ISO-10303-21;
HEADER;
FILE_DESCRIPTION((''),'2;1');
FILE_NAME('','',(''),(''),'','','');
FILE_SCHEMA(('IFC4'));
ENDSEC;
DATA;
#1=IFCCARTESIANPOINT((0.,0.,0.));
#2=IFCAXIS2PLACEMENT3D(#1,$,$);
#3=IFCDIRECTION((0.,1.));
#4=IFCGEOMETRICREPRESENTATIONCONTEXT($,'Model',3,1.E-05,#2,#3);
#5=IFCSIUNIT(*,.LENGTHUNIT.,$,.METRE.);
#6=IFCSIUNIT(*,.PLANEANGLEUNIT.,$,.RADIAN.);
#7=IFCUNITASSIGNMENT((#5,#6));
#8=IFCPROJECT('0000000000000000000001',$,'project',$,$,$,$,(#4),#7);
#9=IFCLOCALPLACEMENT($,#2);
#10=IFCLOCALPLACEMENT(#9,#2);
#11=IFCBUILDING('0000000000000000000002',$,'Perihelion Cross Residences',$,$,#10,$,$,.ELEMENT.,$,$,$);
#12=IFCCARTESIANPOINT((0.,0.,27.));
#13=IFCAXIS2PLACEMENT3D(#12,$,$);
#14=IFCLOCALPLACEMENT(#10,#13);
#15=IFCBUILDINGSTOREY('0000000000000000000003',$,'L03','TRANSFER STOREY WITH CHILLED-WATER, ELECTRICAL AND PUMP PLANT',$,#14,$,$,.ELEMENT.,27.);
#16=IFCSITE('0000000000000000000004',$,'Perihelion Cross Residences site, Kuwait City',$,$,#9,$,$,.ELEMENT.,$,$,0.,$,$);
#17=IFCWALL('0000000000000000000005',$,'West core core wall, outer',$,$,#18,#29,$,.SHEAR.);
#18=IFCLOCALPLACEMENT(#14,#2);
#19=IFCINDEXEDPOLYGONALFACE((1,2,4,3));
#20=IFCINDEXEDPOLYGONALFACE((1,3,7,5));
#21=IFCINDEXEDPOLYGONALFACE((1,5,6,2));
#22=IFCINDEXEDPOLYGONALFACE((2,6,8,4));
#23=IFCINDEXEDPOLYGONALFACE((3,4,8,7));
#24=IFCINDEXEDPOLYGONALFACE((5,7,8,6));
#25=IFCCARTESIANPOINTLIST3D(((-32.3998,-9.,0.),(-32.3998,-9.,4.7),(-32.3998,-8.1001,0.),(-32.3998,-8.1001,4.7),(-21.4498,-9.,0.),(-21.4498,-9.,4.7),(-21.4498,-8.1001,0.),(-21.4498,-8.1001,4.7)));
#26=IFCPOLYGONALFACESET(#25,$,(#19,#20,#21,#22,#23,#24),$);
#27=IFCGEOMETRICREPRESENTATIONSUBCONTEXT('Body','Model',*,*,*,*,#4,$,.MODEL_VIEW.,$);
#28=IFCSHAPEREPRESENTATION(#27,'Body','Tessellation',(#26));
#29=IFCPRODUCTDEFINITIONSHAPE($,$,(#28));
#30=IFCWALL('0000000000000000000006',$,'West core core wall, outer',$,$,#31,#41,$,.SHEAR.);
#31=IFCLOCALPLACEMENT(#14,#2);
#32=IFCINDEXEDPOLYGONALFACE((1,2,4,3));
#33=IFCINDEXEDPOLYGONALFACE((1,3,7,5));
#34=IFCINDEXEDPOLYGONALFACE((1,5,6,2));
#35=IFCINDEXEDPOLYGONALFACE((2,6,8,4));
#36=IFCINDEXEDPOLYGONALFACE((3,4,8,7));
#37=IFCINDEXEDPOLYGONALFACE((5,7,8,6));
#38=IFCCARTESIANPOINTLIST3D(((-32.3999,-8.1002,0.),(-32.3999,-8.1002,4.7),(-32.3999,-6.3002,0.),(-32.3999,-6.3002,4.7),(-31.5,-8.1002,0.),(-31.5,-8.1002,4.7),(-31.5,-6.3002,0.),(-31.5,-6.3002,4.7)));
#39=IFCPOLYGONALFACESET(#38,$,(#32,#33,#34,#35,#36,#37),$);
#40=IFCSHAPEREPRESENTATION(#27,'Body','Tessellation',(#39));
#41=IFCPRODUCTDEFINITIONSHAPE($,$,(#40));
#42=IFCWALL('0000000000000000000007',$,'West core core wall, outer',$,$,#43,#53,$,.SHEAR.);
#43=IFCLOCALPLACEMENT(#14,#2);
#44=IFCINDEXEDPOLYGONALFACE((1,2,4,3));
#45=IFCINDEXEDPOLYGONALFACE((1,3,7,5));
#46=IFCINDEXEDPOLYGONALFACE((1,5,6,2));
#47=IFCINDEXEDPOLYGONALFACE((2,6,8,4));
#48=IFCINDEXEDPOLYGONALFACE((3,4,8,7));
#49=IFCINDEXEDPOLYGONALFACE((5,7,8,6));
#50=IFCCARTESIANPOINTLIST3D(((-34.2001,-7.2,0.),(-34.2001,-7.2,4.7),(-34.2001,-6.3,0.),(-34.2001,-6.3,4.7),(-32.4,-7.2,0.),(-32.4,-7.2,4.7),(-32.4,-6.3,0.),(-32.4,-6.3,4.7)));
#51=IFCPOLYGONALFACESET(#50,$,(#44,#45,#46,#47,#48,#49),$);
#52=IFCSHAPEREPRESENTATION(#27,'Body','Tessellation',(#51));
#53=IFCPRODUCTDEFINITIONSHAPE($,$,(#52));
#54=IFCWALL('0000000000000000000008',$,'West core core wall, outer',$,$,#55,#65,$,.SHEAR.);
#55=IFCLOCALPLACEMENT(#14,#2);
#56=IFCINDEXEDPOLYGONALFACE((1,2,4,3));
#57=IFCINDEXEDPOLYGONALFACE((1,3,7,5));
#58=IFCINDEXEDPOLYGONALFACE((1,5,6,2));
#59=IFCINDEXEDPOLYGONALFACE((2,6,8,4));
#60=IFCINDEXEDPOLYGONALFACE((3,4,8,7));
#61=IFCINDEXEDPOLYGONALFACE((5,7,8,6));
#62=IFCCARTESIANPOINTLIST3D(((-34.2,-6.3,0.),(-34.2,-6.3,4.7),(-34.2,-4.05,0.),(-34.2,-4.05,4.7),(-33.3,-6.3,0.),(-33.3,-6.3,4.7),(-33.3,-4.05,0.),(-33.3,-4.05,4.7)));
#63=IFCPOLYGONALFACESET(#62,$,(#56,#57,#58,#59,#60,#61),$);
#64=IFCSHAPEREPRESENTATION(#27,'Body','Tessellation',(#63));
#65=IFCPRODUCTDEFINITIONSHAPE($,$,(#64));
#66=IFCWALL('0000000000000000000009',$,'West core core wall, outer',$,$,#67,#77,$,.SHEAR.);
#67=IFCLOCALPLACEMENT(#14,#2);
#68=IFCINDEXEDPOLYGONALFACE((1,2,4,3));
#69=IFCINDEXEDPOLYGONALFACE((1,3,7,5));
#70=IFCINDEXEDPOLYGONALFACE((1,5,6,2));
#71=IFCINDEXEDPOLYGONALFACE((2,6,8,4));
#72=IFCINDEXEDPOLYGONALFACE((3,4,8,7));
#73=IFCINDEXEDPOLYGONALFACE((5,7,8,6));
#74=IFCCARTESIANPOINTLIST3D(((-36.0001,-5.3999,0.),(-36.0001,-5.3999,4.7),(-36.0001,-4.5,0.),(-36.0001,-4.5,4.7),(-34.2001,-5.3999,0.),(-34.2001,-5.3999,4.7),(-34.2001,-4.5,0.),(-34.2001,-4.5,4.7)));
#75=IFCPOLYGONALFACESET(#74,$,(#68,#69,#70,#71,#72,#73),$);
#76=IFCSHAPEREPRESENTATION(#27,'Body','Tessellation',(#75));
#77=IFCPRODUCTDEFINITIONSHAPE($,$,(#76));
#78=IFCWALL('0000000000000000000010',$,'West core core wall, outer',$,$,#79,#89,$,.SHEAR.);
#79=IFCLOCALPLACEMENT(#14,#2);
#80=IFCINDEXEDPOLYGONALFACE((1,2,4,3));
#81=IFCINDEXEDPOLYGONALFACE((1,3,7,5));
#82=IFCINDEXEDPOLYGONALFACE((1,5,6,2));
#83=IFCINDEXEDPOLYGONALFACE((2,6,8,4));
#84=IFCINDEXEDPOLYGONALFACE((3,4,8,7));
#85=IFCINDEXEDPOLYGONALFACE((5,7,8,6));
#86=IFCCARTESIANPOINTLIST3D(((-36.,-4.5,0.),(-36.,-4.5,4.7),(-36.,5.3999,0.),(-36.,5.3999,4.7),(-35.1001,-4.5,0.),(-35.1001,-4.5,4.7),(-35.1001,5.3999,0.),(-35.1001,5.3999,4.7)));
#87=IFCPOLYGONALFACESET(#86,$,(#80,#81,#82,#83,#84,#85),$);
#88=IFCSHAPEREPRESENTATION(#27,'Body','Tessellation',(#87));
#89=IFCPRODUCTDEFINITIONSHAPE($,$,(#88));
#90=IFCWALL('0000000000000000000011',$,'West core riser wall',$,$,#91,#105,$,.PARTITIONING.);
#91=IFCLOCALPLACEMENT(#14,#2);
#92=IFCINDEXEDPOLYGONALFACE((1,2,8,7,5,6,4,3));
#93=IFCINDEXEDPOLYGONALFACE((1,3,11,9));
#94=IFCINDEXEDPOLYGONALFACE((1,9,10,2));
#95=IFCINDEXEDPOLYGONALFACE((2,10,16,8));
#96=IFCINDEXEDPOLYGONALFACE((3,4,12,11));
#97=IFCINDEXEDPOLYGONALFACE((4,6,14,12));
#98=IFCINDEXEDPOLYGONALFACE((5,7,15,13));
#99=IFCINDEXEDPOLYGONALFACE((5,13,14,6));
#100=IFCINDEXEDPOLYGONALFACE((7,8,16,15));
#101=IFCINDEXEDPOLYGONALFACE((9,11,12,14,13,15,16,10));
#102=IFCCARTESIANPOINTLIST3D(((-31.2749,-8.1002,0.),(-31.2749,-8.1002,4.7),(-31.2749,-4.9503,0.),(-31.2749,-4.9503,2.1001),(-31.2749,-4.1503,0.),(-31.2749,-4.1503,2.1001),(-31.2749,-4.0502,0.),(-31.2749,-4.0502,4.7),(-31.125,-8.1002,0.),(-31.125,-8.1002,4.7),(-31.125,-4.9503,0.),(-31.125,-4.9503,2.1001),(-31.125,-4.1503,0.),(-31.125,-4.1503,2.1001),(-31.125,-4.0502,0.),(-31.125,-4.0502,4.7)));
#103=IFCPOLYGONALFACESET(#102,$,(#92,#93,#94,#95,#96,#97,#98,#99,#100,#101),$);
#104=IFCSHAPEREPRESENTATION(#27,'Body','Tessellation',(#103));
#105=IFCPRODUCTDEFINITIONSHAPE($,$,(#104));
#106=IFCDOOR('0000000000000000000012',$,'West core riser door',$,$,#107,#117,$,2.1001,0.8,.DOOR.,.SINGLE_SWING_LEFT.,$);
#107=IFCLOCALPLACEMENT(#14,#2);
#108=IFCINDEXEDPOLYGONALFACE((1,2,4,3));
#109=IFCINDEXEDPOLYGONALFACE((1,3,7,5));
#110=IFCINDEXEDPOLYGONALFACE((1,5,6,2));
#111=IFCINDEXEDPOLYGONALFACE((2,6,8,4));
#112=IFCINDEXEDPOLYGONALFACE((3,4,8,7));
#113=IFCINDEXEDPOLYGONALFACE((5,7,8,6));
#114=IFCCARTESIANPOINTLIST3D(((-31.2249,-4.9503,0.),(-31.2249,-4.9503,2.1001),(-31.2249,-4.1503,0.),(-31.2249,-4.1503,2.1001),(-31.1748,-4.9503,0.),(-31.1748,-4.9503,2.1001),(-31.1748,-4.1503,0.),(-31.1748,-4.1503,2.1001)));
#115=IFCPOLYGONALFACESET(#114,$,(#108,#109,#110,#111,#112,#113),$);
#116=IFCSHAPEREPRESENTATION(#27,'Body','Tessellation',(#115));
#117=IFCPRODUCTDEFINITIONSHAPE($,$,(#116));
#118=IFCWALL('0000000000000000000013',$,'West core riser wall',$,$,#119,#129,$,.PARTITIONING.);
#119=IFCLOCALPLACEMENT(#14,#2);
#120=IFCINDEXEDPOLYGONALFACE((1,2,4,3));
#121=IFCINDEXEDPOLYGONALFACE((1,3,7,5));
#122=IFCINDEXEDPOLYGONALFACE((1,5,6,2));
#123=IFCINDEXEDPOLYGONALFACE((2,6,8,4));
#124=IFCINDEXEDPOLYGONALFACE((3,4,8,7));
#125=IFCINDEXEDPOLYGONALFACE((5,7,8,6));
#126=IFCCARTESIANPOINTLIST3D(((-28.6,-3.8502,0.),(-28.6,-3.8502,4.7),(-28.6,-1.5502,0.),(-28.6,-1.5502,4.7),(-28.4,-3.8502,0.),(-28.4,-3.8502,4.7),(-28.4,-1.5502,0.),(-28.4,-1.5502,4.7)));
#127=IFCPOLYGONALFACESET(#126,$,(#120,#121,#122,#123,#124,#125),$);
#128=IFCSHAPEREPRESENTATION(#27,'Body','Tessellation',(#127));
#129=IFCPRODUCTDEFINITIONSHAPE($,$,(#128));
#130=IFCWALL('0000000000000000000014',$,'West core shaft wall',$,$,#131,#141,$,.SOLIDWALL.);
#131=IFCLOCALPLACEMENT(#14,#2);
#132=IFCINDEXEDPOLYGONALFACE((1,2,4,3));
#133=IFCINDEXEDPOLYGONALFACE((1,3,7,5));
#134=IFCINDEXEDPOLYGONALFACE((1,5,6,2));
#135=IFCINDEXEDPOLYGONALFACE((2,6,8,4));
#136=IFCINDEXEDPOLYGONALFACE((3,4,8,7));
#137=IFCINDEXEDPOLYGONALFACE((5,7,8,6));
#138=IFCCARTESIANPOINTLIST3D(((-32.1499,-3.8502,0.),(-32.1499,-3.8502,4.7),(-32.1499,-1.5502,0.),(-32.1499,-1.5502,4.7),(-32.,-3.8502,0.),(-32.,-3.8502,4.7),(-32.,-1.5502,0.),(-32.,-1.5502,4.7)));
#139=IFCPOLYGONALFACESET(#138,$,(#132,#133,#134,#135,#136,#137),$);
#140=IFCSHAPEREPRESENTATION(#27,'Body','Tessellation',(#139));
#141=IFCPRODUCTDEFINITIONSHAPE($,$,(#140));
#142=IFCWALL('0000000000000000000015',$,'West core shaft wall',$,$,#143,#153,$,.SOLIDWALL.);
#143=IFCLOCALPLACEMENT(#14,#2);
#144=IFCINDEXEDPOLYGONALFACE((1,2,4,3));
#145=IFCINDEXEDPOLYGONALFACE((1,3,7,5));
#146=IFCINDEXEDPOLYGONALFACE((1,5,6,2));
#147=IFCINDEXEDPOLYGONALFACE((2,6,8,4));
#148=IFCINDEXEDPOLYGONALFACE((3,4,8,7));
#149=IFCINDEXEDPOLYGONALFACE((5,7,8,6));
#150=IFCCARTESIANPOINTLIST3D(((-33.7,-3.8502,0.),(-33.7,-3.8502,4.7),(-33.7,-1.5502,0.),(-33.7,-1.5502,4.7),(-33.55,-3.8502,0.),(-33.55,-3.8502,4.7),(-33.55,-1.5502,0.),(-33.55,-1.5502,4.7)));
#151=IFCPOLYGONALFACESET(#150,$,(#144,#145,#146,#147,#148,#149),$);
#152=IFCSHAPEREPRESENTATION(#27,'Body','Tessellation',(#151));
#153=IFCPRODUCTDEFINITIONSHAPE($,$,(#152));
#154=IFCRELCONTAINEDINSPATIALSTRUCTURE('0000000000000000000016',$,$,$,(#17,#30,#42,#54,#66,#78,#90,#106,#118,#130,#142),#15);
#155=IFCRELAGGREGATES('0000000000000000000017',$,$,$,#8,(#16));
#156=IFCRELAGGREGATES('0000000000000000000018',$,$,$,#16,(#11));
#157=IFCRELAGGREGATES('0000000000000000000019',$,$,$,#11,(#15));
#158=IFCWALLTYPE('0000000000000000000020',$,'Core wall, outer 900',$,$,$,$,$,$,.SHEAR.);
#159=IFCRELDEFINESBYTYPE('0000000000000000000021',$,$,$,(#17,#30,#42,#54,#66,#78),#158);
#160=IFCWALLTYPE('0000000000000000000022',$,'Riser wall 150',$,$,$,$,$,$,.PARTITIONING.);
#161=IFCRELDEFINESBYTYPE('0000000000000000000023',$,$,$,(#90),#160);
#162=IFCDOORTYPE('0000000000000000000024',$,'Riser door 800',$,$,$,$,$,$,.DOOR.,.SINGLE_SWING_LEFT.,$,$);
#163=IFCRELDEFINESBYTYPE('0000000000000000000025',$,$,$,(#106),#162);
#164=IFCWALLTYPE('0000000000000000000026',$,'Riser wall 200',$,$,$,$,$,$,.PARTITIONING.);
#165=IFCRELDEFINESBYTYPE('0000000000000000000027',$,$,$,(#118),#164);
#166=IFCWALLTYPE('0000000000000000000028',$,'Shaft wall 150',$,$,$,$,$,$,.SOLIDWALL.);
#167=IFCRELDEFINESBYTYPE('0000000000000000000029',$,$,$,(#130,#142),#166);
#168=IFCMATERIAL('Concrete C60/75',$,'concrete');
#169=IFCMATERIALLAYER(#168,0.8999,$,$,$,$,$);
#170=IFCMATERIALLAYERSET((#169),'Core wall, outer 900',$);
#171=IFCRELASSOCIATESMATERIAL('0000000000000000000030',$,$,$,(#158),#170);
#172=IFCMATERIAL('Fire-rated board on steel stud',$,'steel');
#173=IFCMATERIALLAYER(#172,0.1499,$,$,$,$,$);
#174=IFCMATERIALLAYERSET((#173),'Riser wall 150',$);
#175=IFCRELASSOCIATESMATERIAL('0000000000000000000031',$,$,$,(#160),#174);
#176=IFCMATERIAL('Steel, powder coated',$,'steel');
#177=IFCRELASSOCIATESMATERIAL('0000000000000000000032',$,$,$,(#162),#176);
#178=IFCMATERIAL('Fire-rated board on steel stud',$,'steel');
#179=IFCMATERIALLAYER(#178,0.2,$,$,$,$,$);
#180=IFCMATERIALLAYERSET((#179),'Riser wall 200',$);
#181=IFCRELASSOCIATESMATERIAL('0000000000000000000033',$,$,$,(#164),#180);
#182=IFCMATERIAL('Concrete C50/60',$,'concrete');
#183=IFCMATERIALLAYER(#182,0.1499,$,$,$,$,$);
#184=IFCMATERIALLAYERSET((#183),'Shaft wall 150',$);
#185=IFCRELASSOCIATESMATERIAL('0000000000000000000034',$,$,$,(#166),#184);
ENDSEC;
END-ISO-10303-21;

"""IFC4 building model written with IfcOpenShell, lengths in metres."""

from ifc_helpers import new_model, si_unit, direction, frame, frame_2d, origin, place, context, subcontext, project, spatial, rectangle, extrude, material, layer, layer_set, type_object, element, fill, save


model = new_model("IFC4")

# Units and contexts
model_context = context("Model", 3, precision=1e-05, world=origin(), true_north=direction((0.0, 1.0)))
body_context = subcontext(model_context, "Body", "Model", "MODEL_VIEW")
ifc_project = project(units=[si_unit("LENGTHUNIT", "METRE"), si_unit("PLANEANGLEUNIT", "RADIAN")], contexts=[model_context])

# Site, building, storey
site_placement = place(None, origin())
site = spatial("IfcSite", under=ifc_project, at=site_placement, Name="Perihelion Cross Residences site, Kuwait City", CompositionType="ELEMENT", RefElevation=0.0)
building_placement = place(site_placement, origin())
building = spatial("IfcBuilding", under=site, at=building_placement, Name="Perihelion Cross Residences", CompositionType="ELEMENT")
storey_placement = place(building_placement, frame((0.0, 0.0, 27.0)))
storey = spatial("IfcBuildingStorey", under=building, at=storey_placement, Name="L03", Description="TRANSFER STOREY WITH CHILLED-WATER, ELECTRICAL AND PUMP PLANT", CompositionType="ELEMENT", Elevation=27.0)

# Walls
ifc_material_1 = material(Name="Concrete C60/75", Category="concrete")
ifc_layer_1 = layer(ifc_material_1, 0.8999)
ifc_layer_set_1 = layer_set([ifc_layer_1], Name="Core wall, outer 900")
wall_type_1 = type_object("IfcWallType", Name="Core wall, outer 900", PredefinedType="SHEAR", material=ifc_layer_set_1)
wall_1_placement = place(storey_placement, frame((-32.3999, -8.55, 0.0), z_axis=(0.0, 0.0, 1.0), x_axis=(1.0, 0.0, 0.0)))
element("IfcWall", 1, at=wall_1_placement, inside=storey, type_object=wall_type_1, Name="West core core wall, outer", PredefinedType="SHEAR", context=body_context, shape_type="SweptSolid", body=[
    extrude(rectangle(XDim=10.95, YDim=0.8999, at=frame_2d((5.4751, 0.0))), origin(), (0.0, 0.0, 1.0), 4.7),
])
for number, where, z_axis, x_axis, name in (
    (2, (-31.95, -8.1001, 0.0), (0.0, 0.0, 1.0), (0.0, 1.0, 0.0), "West core core wall, outer"),
    (3, (-34.2, -6.75, 0.0), (0.0, 0.0, 1.0), (1.0, 0.0, 0.0), "West core core wall, outer"),
):
    element("IfcWall", number, at=place(storey_placement, frame(where, z_axis=z_axis, x_axis=x_axis)), inside=storey, type_object=wall_type_1, Name=name, PredefinedType="SHEAR", context=body_context, shape_type="SweptSolid", body=[
        extrude(rectangle(XDim=1.8, YDim=0.8999, at=frame_2d((0.8999, 0.0))), origin(), (0.0, 0.0, 1.0), 4.7),
    ])
wall_2_placement = place(storey_placement, frame((-33.75, -6.3, 0.0), z_axis=(0.0, 0.0, 1.0), x_axis=(0.0, 1.0, 0.0)))
element("IfcWall", 4, at=wall_2_placement, inside=storey, type_object=wall_type_1, Name="West core core wall, outer", PredefinedType="SHEAR", context=body_context, shape_type="SweptSolid", body=[
    extrude(rectangle(XDim=2.25, YDim=0.8999, at=frame_2d((1.125, 0.0))), origin(), (0.0, 0.0, 1.0), 4.7),
])
wall_3_placement = place(storey_placement, frame((-36.0, -4.95, 0.0), z_axis=(0.0, 0.0, 1.0), x_axis=(1.0, 0.0, 0.0)))
element("IfcWall", 5, at=wall_3_placement, inside=storey, type_object=wall_type_1, Name="West core core wall, outer", PredefinedType="SHEAR", context=body_context, shape_type="SweptSolid", body=[
    extrude(rectangle(XDim=1.8, YDim=0.8999, at=frame_2d((0.8999, 0.0))), origin(), (0.0, 0.0, 1.0), 4.7),
])
wall_4_placement = place(storey_placement, frame((-35.55, -4.5, 0.0), z_axis=(0.0, 0.0, 1.0), x_axis=(0.0, 1.0, 0.0)))
element("IfcWall", 6, at=wall_4_placement, inside=storey, type_object=wall_type_1, Name="West core core wall, outer", PredefinedType="SHEAR", context=body_context, shape_type="SweptSolid", body=[
    extrude(rectangle(XDim=9.8999, YDim=0.8999, at=frame_2d((4.95, 0.0))), origin(), (0.0, 0.0, 1.0), 4.7),
])

# Wall, opening, door
ifc_material_2 = material(Name="Fire-rated board on steel stud", Category="steel")
ifc_layer_2 = layer(ifc_material_2, 0.1499)
ifc_layer_set_2 = layer_set([ifc_layer_2], Name="Riser wall 150")
wall_type_2 = type_object("IfcWallType", Name="Riser wall 150", PredefinedType="PARTITIONING", material=ifc_layer_set_2)
wall_5_placement = place(storey_placement, frame((-31.2, -8.1001, 0.0), z_axis=(0.0, 0.0, 1.0), x_axis=(0.0, 1.0, 0.0)))
wall_5 = element("IfcWall", 7, at=wall_5_placement, inside=storey, type_object=wall_type_2, Name="West core riser wall", PredefinedType="PARTITIONING", context=body_context, shape_type="SweptSolid", body=[
    extrude(rectangle(XDim=4.05, YDim=0.1499, at=frame_2d((2.0249, 0.0))), origin(), (0.0, 0.0, 1.0), 4.7),
])
opening_1_placement = place(wall_5_placement, frame((3.1499, 0.0, 0.0)))
opening_1 = element("IfcOpeningElement", 8, at=opening_1_placement, cuts=wall_5, PredefinedType="OPENING", context=body_context, shape_type="SweptSolid", body=[
    extrude(rectangle(XDim=0.8, YDim=2.1001, at=frame_2d((0.3999, 1.05))), frame((0.0, 0.085, 0.0), z_axis=(0.0, -1.0, 0.0), x_axis=(1.0, 0.0, 0.0)), (0.0, 0.0, 1.0), 0.1699),
])
ifc_material_3 = material(Name="Steel, powder coated", Category="steel")
door_type_1 = type_object("IfcDoorType", Name="Riser door 800", OperationType="SINGLE_SWING_LEFT", PredefinedType="DOOR", material=ifc_material_3)
door_1_placement = place(opening_1_placement, origin())
door_1 = element("IfcDoor", 9, at=door_1_placement, inside=storey, type_object=door_type_1, Name="West core riser door", OperationType="SINGLE_SWING_LEFT", OverallHeight=2.1001, OverallWidth=0.8, PredefinedType="DOOR", context=body_context, shape_type="SweptSolid", body=[
    extrude(rectangle(XDim=0.8, YDim=2.1001, at=frame_2d((0.3999, 1.05))), frame((0.0, 0.0249, 0.0), z_axis=(0.0, -1.0, 0.0), x_axis=(1.0, 0.0, 0.0)), (0.0, 0.0, 1.0), 0.05),
])
fill(opening_1, door_1)

# Walls
ifc_material_4 = material(Name="Fire-rated board on steel stud", Category="steel")
ifc_layer_3 = layer(ifc_material_4, 0.2)
ifc_layer_set_3 = layer_set([ifc_layer_3], Name="Riser wall 200")
wall_type_3 = type_object("IfcWallType", Name="Riser wall 200", PredefinedType="PARTITIONING", material=ifc_layer_set_3)
wall_6_placement = place(storey_placement, frame((-28.5, -3.8501, 0.0), z_axis=(0.0, 0.0, 1.0), x_axis=(0.0, 1.0, 0.0)))
element("IfcWall", 10, at=wall_6_placement, inside=storey, type_object=wall_type_3, Name="West core riser wall", PredefinedType="PARTITIONING", context=body_context, shape_type="SweptSolid", body=[
    extrude(rectangle(XDim=2.3, YDim=0.2, at=frame_2d((1.1499, 0.0))), origin(), (0.0, 0.0, 1.0), 4.7),
])
ifc_material_5 = material(Name="Concrete C50/60", Category="concrete")
ifc_layer_4 = layer(ifc_material_5, 0.1499)
ifc_layer_set_4 = layer_set([ifc_layer_4], Name="Shaft wall 150")
wall_type_4 = type_object("IfcWallType", Name="Shaft wall 150", PredefinedType="SOLIDWALL", material=ifc_layer_set_4)
for number, where, z_axis, x_axis, name in (
    (11, (-32.075, -3.8501, 0.0), (0.0, 0.0, 1.0), (0.0, 1.0, 0.0), "West core shaft wall"),
    (12, (-33.625, -3.8501, 0.0), (0.0, 0.0, 1.0), (0.0, 1.0, 0.0), "West core shaft wall"),
):
    element("IfcWall", number, at=place(storey_placement, frame(where, z_axis=z_axis, x_axis=x_axis)), inside=storey, type_object=wall_type_4, Name=name, PredefinedType="SOLIDWALL", context=body_context, shape_type="SweptSolid", body=[
        extrude(rectangle(XDim=2.3, YDim=0.1499, at=frame_2d((1.1499, 0.0))), origin(), (0.0, 0.0, 1.0), 4.7),
    ])

save(model, "model.ifc")
